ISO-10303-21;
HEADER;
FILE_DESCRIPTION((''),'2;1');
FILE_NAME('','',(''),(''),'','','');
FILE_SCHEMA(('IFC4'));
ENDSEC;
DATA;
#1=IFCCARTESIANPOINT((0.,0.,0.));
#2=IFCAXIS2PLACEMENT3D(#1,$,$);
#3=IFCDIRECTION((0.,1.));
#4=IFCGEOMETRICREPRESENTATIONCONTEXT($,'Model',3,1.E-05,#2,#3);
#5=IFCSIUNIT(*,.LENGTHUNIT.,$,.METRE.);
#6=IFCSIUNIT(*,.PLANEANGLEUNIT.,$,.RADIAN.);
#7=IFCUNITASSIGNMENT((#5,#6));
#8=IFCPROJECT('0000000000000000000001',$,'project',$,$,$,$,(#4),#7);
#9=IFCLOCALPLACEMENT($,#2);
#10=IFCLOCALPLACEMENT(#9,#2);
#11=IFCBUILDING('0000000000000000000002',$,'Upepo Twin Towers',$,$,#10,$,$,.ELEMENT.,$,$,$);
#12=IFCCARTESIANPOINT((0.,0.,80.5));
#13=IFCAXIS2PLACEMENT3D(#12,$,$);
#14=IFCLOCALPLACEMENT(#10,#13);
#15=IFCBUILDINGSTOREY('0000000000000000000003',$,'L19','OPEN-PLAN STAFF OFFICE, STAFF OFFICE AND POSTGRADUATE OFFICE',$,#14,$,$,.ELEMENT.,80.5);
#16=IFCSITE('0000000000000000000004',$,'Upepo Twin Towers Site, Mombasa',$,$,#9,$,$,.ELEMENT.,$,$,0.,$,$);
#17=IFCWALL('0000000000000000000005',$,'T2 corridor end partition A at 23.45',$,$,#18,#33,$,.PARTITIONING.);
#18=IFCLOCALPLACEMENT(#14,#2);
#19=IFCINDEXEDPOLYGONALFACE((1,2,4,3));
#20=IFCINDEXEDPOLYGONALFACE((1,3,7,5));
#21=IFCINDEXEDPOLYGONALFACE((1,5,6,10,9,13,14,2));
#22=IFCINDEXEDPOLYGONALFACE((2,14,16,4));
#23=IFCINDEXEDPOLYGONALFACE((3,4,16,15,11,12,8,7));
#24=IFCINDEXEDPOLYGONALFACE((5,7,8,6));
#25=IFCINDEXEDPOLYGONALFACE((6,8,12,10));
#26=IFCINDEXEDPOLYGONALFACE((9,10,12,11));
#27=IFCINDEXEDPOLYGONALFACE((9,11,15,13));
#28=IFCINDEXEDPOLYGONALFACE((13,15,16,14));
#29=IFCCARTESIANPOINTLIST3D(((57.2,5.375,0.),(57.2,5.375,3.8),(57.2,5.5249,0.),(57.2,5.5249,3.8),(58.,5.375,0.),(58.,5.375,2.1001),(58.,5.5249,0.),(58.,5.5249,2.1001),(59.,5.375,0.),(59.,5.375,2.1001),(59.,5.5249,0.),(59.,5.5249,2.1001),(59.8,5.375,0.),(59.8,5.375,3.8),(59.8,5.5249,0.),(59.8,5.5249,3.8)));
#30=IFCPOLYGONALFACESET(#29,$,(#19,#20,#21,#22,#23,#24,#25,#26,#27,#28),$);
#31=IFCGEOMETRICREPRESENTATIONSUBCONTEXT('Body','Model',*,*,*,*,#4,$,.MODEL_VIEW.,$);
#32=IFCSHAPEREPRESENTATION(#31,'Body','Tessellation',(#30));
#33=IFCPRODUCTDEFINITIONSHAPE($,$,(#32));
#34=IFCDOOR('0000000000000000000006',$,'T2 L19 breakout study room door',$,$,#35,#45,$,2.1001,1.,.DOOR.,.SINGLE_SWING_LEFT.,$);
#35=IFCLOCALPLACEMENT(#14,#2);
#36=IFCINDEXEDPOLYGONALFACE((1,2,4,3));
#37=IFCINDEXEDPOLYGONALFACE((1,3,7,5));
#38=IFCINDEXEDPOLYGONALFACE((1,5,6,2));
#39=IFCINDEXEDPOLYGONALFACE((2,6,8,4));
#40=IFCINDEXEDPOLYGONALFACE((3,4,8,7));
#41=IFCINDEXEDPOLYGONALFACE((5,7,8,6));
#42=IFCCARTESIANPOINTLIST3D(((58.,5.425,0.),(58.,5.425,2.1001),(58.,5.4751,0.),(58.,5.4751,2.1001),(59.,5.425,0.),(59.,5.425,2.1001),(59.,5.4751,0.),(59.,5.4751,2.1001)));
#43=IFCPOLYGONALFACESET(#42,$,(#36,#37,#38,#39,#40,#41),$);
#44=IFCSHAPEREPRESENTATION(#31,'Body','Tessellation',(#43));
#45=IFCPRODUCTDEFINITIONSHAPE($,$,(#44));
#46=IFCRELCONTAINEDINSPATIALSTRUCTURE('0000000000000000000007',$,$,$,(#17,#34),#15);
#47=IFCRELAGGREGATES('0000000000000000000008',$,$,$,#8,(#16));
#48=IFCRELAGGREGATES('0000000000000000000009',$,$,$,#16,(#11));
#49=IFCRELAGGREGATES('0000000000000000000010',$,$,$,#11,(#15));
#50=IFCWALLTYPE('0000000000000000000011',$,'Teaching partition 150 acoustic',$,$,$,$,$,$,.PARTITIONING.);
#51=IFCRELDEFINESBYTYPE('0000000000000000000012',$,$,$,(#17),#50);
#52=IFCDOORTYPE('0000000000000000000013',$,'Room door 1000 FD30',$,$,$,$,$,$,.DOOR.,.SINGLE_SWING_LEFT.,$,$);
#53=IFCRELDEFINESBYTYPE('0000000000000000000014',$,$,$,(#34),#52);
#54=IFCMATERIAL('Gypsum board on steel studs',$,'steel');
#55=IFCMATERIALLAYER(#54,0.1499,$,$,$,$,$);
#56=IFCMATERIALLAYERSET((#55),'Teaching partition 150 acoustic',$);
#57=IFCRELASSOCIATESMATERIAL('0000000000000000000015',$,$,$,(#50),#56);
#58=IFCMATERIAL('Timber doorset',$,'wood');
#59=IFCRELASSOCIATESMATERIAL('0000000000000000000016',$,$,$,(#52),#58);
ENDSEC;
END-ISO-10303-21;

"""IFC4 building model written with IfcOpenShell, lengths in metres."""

from ifc_helpers import new_model, si_unit, direction, frame, frame_2d, origin, place, context, subcontext, project, spatial, rectangle, extrude, material, layer, layer_set, type_object, element, fill, save


model = new_model("IFC4")

# Units and contexts
model_context = context("Model", 3, precision=1e-05, world=origin(), true_north=direction((0.0, 1.0)))
body_context = subcontext(model_context, "Body", "Model", "MODEL_VIEW")
ifc_project = project(units=[si_unit("LENGTHUNIT", "METRE"), si_unit("PLANEANGLEUNIT", "RADIAN")], contexts=[model_context])

# Site, building, storey
site_placement = place(None, origin())
site = spatial("IfcSite", under=ifc_project, at=site_placement, Name="Upepo Twin Towers Site, Mombasa", CompositionType="ELEMENT", RefElevation=0.0)
building_placement = place(site_placement, origin())
building = spatial("IfcBuilding", under=site, at=building_placement, Name="Upepo Twin Towers", CompositionType="ELEMENT")
storey_placement = place(building_placement, frame((0.0, 0.0, 80.5)))
storey = spatial("IfcBuildingStorey", under=building, at=storey_placement, Name="L19", Description="OPEN-PLAN STAFF OFFICE, STAFF OFFICE AND POSTGRADUATE OFFICE", CompositionType="ELEMENT", Elevation=80.5)

# Wall, opening, door
ifc_material_1 = material(Name="Gypsum board on steel studs", Category="steel")
ifc_layer_1 = layer(ifc_material_1, 0.1499)
ifc_layer_set_1 = layer_set([ifc_layer_1], Name="Teaching partition 150 acoustic")
wall_type_1 = type_object("IfcWallType", Name="Teaching partition 150 acoustic", PredefinedType="PARTITIONING", material=ifc_layer_set_1)
wall_1_placement = place(storey_placement, frame((59.8, 5.45, 0.0), z_axis=(0.0, 0.0, 1.0), x_axis=(-1.0, 0.0, 0.0)))
wall_1 = element("IfcWall", 1, at=wall_1_placement, inside=storey, type_object=wall_type_1, Name="T2 corridor end partition A at 23.45", PredefinedType="PARTITIONING", context=body_context, shape_type="SweptSolid", body=[
    extrude(rectangle(XDim=2.6001, YDim=0.1499, at=frame_2d((1.3, 0.0))), origin(), (0.0, 0.0, 1.0), 3.8),
])
opening_placement = place(wall_1_placement, frame((0.8, 0.0, 0.0)))
opening = element("IfcOpeningElement", 2, at=opening_placement, cuts=wall_1, PredefinedType="OPENING", context=body_context, shape_type="SweptSolid", body=[
    extrude(rectangle(XDim=1.0, YDim=2.1001, at=frame_2d((0.5, 1.05))), frame((0.0, 0.085, 0.0), z_axis=(0.0, -1.0, 0.0), x_axis=(1.0, 0.0, 0.0)), (0.0, 0.0, 1.0), 0.1699),
])
ifc_material_2 = material(Name="Timber doorset", Category="wood")
door_type = type_object("IfcDoorType", Name="Room door 1000 FD30", OperationType="SINGLE_SWING_LEFT", PredefinedType="DOOR", material=ifc_material_2)
door_placement = place(opening_placement, origin())
door = element("IfcDoor", 3, at=door_placement, inside=storey, type_object=door_type, Name="T2 L19 breakout study room door", OperationType="SINGLE_SWING_LEFT", OverallHeight=2.1001, OverallWidth=1.0, PredefinedType="DOOR", context=body_context, shape_type="SweptSolid", body=[
    extrude(rectangle(XDim=1.0, YDim=2.1001, at=frame_2d((0.5, 1.05))), frame((0.0, 0.0249, 0.0), z_axis=(0.0, -1.0, 0.0), x_axis=(1.0, 0.0, 0.0)), (0.0, 0.0, 1.0), 0.05),
])
fill(opening, door)

save(model, "model.ifc")
